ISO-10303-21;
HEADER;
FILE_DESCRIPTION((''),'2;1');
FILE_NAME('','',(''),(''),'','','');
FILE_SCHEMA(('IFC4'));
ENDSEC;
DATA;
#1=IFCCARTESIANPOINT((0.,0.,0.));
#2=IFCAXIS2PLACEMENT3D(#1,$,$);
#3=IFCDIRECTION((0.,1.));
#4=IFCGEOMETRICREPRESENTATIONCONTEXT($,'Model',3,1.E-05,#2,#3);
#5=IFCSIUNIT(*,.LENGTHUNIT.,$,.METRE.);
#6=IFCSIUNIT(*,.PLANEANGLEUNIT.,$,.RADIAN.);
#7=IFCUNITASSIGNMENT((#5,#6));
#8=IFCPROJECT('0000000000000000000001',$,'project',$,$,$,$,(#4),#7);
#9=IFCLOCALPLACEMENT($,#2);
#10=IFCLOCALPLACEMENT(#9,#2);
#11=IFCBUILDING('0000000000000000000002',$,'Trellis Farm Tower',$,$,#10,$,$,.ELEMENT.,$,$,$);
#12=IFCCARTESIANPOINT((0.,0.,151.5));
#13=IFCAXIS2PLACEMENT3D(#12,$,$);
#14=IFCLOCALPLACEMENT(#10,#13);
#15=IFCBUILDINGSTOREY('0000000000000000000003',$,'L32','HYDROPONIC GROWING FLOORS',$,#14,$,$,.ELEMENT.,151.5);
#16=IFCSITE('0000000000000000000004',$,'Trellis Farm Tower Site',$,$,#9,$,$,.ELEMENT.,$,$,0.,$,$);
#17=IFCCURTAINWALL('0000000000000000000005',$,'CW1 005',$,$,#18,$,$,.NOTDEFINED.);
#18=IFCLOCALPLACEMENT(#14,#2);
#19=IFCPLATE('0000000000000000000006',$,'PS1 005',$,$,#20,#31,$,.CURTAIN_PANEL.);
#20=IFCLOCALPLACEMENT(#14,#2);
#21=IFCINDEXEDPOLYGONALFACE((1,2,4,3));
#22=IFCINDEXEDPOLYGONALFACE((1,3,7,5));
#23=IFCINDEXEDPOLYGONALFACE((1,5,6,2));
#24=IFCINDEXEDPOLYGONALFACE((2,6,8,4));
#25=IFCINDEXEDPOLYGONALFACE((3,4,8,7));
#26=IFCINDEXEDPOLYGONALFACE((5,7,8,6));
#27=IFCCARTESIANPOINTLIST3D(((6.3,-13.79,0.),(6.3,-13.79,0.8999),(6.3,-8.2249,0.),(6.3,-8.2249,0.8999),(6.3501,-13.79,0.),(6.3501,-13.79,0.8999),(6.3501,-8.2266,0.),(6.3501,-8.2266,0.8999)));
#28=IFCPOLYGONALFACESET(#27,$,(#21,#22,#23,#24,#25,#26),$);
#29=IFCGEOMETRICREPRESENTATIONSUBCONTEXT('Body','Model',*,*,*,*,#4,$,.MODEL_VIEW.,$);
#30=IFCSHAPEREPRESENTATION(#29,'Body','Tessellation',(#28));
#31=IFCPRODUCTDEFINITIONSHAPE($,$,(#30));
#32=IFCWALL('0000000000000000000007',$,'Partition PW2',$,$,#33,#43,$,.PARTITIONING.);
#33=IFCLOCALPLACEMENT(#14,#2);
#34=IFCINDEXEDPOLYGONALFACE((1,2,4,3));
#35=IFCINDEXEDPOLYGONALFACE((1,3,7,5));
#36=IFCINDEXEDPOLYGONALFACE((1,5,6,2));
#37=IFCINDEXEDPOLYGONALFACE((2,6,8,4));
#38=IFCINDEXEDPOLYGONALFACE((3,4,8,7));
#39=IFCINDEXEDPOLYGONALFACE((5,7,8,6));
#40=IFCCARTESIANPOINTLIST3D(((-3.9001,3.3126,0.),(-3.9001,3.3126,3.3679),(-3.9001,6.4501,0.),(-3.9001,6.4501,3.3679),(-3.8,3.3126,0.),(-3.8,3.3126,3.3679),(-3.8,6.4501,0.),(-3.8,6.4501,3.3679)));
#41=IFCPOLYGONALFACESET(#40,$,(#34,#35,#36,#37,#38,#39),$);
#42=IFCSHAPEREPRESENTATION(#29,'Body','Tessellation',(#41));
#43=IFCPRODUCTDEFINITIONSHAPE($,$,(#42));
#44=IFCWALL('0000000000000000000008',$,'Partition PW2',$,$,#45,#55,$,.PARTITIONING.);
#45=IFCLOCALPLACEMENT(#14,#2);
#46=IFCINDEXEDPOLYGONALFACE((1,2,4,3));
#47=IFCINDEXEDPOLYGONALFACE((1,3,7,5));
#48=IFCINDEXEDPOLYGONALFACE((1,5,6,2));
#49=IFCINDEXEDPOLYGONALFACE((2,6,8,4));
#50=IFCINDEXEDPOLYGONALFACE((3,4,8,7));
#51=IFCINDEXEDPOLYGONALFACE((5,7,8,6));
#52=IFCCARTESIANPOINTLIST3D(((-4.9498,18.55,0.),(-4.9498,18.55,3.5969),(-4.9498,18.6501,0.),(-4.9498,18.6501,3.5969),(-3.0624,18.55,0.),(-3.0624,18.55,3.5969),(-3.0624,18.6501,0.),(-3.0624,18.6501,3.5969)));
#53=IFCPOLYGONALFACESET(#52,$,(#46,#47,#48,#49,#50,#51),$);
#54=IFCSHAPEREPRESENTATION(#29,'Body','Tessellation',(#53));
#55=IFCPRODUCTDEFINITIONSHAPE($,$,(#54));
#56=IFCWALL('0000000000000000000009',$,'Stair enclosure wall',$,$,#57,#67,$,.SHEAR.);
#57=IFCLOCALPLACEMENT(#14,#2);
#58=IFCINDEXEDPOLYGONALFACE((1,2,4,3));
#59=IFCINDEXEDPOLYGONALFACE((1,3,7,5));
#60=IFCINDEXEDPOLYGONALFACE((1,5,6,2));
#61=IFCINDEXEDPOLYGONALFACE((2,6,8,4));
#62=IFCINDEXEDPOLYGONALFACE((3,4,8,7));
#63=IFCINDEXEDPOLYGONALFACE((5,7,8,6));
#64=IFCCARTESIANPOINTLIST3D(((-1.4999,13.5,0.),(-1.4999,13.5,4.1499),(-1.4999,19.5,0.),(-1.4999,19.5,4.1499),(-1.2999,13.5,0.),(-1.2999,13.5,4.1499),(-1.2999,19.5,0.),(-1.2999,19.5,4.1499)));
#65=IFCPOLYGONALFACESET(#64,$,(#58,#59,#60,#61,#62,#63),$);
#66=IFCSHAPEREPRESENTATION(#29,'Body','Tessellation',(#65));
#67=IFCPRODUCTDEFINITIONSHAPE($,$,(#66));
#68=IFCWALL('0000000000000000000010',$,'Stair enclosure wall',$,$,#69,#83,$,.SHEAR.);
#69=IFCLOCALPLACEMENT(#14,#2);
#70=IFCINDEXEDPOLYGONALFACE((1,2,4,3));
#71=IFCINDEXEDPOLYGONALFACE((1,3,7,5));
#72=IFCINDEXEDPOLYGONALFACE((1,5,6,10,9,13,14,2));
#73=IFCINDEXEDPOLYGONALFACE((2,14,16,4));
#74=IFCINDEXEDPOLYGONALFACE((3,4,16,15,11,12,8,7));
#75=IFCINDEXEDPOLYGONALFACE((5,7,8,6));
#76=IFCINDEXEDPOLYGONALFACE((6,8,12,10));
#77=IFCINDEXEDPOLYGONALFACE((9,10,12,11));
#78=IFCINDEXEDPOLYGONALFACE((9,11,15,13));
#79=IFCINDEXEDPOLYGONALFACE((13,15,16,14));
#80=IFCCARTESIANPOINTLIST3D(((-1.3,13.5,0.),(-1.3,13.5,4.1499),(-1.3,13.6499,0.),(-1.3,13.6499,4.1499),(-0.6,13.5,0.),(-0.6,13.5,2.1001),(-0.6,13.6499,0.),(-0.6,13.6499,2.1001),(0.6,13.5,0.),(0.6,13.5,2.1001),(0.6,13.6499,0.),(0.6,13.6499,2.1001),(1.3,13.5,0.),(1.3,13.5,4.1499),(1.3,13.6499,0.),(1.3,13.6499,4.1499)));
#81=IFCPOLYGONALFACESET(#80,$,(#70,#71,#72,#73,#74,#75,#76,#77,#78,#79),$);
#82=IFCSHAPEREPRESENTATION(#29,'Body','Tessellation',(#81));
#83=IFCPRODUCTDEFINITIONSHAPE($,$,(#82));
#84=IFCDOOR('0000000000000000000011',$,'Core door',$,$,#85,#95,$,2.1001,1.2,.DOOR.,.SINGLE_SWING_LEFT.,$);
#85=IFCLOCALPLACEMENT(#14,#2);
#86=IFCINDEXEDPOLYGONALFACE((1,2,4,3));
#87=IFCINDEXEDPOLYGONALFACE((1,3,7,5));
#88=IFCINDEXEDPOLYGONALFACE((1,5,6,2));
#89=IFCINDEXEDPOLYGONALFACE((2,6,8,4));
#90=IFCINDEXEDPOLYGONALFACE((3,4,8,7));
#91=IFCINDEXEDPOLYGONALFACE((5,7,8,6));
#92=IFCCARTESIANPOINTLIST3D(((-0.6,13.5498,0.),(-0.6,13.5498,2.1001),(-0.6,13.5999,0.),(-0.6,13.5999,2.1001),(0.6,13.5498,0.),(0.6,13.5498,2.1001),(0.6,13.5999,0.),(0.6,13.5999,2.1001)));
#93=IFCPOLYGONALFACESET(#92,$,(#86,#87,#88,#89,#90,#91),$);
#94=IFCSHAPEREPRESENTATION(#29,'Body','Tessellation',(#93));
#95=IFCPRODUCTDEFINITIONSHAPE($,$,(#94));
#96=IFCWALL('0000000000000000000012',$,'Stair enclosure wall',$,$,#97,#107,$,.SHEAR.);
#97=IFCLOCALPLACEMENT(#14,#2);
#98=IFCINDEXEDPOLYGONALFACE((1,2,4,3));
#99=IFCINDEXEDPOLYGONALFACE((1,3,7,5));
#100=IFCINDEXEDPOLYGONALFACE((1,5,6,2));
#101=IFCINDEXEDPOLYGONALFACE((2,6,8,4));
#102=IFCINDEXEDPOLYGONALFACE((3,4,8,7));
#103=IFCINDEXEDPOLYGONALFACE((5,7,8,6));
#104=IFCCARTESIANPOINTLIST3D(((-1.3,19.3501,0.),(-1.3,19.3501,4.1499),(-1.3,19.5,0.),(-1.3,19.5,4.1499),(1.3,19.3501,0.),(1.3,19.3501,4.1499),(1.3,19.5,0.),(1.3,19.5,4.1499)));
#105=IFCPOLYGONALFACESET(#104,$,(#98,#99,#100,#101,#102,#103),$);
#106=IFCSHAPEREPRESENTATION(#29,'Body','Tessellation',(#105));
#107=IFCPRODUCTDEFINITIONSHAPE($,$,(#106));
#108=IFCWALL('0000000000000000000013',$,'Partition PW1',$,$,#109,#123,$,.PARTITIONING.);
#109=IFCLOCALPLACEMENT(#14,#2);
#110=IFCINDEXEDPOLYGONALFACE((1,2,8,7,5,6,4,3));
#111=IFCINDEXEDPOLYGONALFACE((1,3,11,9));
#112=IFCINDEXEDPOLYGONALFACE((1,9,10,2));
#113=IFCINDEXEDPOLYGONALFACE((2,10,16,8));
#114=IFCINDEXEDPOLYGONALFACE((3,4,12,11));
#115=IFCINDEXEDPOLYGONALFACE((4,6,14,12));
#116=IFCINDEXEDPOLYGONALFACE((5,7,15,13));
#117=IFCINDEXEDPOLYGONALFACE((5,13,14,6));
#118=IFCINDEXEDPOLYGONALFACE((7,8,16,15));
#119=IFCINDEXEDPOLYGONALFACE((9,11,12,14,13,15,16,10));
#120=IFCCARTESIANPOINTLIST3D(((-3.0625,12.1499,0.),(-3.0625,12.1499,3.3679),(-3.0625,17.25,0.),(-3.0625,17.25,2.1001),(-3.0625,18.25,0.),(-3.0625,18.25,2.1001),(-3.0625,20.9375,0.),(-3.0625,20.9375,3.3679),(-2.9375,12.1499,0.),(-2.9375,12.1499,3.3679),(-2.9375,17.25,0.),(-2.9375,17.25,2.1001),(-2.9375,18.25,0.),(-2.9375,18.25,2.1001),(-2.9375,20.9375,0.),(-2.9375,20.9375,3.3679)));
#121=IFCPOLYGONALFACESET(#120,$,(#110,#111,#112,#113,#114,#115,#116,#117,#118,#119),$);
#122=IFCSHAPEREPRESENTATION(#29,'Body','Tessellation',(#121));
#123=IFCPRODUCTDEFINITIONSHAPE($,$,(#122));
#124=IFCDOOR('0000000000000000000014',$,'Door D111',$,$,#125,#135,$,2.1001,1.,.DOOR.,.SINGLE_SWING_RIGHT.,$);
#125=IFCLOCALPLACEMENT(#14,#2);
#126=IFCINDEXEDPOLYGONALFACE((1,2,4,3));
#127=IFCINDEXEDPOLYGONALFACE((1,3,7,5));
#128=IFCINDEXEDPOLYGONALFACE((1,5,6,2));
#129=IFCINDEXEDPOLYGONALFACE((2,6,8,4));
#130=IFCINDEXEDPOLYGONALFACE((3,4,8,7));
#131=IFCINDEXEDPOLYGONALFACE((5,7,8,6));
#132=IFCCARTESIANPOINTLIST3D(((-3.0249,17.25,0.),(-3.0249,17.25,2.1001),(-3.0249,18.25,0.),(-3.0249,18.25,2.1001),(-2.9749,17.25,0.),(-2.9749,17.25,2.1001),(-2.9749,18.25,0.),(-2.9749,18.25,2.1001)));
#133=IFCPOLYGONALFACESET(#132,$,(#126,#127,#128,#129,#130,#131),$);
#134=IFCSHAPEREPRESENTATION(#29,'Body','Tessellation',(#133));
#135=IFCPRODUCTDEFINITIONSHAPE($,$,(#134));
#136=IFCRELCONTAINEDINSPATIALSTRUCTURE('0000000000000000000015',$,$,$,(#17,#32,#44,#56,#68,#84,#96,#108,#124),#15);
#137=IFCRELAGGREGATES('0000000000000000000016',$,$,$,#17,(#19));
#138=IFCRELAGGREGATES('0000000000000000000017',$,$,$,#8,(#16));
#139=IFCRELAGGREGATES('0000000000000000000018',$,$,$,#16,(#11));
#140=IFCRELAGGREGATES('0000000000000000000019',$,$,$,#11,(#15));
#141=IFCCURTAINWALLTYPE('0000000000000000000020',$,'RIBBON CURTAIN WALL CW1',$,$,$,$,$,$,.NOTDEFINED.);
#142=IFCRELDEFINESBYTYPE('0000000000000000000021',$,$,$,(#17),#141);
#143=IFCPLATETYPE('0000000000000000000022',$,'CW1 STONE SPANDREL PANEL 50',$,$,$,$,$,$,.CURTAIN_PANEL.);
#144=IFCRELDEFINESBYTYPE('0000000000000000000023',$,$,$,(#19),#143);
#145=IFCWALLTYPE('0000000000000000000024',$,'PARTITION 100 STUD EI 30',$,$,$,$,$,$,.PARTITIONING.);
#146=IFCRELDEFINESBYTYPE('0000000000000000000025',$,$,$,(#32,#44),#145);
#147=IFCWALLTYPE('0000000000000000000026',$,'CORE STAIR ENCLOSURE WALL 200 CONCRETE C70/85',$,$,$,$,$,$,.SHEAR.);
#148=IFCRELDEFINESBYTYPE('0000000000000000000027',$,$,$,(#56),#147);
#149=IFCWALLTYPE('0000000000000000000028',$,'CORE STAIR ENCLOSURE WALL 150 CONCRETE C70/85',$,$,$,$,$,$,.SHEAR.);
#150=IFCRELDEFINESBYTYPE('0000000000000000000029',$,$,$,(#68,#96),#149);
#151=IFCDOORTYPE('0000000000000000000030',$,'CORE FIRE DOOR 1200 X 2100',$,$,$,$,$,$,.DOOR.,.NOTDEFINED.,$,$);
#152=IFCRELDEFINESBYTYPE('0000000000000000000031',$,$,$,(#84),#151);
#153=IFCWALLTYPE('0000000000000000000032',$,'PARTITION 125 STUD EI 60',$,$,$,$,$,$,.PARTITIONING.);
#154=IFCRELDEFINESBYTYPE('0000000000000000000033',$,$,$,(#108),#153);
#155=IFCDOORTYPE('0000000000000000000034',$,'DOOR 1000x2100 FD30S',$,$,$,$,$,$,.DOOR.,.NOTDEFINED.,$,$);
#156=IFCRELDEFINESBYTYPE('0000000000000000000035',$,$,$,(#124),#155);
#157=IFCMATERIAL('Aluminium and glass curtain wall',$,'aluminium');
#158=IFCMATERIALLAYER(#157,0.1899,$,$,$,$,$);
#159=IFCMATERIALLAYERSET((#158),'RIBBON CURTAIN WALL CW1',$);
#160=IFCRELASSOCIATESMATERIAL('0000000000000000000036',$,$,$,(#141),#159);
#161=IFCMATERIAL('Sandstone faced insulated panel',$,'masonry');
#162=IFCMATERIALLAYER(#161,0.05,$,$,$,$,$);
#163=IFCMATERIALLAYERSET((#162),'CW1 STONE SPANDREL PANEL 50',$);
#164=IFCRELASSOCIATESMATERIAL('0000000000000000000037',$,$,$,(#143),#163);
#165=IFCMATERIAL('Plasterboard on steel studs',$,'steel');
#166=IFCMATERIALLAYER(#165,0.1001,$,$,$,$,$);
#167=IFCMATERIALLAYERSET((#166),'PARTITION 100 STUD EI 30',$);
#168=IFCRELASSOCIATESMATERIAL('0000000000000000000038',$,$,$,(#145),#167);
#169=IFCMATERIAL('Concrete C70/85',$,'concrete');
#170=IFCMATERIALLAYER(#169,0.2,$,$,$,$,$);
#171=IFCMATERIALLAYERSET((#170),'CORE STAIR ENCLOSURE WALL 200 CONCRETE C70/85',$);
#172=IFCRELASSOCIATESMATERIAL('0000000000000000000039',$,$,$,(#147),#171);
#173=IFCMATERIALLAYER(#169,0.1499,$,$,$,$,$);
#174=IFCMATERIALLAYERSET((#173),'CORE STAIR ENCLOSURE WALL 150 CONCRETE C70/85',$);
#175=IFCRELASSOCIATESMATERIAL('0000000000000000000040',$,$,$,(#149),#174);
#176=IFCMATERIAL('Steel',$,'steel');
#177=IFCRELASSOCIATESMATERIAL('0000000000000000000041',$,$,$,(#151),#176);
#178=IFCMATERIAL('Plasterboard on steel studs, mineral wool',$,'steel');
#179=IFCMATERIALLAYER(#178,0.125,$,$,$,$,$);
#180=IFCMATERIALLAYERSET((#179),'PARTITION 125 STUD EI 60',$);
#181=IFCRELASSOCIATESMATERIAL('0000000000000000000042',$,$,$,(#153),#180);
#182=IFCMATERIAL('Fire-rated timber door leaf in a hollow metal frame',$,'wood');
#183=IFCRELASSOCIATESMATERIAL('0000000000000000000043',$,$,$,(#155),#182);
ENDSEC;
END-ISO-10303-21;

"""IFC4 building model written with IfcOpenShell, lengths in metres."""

from ifc_helpers import new_model, si_unit, direction, frame, frame_2d, origin, place, context, subcontext, project, spatial, polyline, rectangle, outline, extrude, source, transform, mapped, material, layer, layer_set, type_object, element, fill, aggregate, save


model = new_model("IFC4")

# Units and contexts
model_context = context("Model", 3, precision=1e-05, world=origin(), true_north=direction((0.0, 1.0)))
body_context = subcontext(model_context, "Body", "Model", "MODEL_VIEW")
ifc_project = project(units=[si_unit("LENGTHUNIT", "METRE"), si_unit("PLANEANGLEUNIT", "RADIAN")], contexts=[model_context])

# Site, building, storey
site_placement = place(None, origin())
site = spatial("IfcSite", under=ifc_project, at=site_placement, Name="Trellis Farm Tower Site", CompositionType="ELEMENT", RefElevation=0.0)
building_placement = place(site_placement, origin())
building = spatial("IfcBuilding", under=site, at=building_placement, Name="Trellis Farm Tower", CompositionType="ELEMENT")
storey_placement = place(building_placement, frame((0.0, 0.0, 151.5)))
storey = spatial("IfcBuildingStorey", under=building, at=storey_placement, Name="L32", Description="HYDROPONIC GROWING FLOORS", CompositionType="ELEMENT", Elevation=151.5)

# Curtain wall, plate
ifc_material_1 = material(Name="Aluminium and glass curtain wall", Category="aluminium")
ifc_layer_1 = layer(ifc_material_1, 0.1899)
ifc_layer_set_1 = layer_set([ifc_layer_1], Name="RIBBON CURTAIN WALL CW1")
curtain_wall_type = type_object("IfcCurtainWallType", Name="RIBBON CURTAIN WALL CW1", PredefinedType="NOTDEFINED", material=ifc_layer_set_1)
placement = place(storey_placement, origin())
curtain_wall = element("IfcCurtainWall", 1, at=placement, inside=storey, type_object=curtain_wall_type, Name="CW1 005", PredefinedType="NOTDEFINED")
ifc_material_2 = material(Name="Sandstone faced insulated panel", Category="masonry")
ifc_layer_2 = layer(ifc_material_2, 0.05)
ifc_layer_set_2 = layer_set([ifc_layer_2], Name="CW1 STONE SPANDREL PANEL 50")
plate_type_1 = type_object("IfcPlateType", Name="CW1 STONE SPANDREL PANEL 50", PredefinedType="CURTAIN_PANEL", material=ifc_layer_set_2)
shared_shape_1 = source(origin(), body_context, "Body", "SweptSolid", [
    extrude(outline(polyline([(6.3501, -13.79), (6.3501, -8.2266), (6.3, -8.2249), (6.3, -13.79), (6.3501, -13.79)])), origin(), (0.0, 0.0, 1.0), 0.8999),
])
plate_1 = element("IfcPlate", 2, at=placement, type_object=plate_type_1, Name="PS1 005", PredefinedType="CURTAIN_PANEL", context=body_context, shape_type="MappedRepresentation", body=[
    mapped(shared_shape_1, transform((0.0, 0.0, 0.0))),
])
aggregate(curtain_wall, [plate_1])

# Walls
ifc_material_3 = material(Name="Plasterboard on steel studs", Category="steel")
ifc_layer_3 = layer(ifc_material_3, 0.1001)
ifc_layer_set_3 = layer_set([ifc_layer_3], Name="PARTITION 100 STUD EI 30")
wall_type_1 = type_object("IfcWallType", Name="PARTITION 100 STUD EI 30", PredefinedType="PARTITIONING", material=ifc_layer_set_3)
wall_1_placement = place(storey_placement, frame((-3.8501, 3.3125, 0.0), z_axis=(0.0, 0.0, 1.0), x_axis=(0.0, 1.0, 0.0)))
element("IfcWall", 3, at=wall_1_placement, inside=storey, type_object=wall_type_1, Name="Partition PW2", PredefinedType="PARTITIONING", context=body_context, shape_type="SweptSolid", body=[
    extrude(rectangle(XDim=3.1375, YDim=0.1001, at=frame_2d((1.5688, 0.0))), origin(), (0.0, 0.0, 1.0), 3.3679),
])
wall_2_placement = place(storey_placement, frame((-4.95, 18.6001, 0.0), z_axis=(0.0, 0.0, 1.0), x_axis=(1.0, 0.0, 0.0)))
element("IfcWall", 4, at=wall_2_placement, inside=storey, type_object=wall_type_1, Name="Partition PW2", PredefinedType="PARTITIONING", context=body_context, shape_type="SweptSolid", body=[
    extrude(rectangle(XDim=1.8875, YDim=0.1001, at=frame_2d((0.9438, 0.0))), origin(), (0.0, 0.0, 1.0), 3.5969),
])
ifc_material_4 = material(Name="Concrete C70/85", Category="concrete")
ifc_layer_4 = layer(ifc_material_4, 0.2)
ifc_layer_set_4 = layer_set([ifc_layer_4], Name="CORE STAIR ENCLOSURE WALL 200 CONCRETE C70/85")
wall_type_2 = type_object("IfcWallType", Name="CORE STAIR ENCLOSURE WALL 200 CONCRETE C70/85", PredefinedType="SHEAR", material=ifc_layer_set_4)
shared_shape_2 = source(origin(), body_context, "Body", "SweptSolid", [
    extrude(rectangle(XDim=6.0, YDim=0.2, at=frame_2d((3.0, 0.0))), origin(), (0.0, 0.0, 1.0), 4.1499),
])
wall_3_placement = place(storey_placement, frame((-1.3999, 13.5, 0.0), z_axis=(0.0, 0.0, 1.0), x_axis=(0.0, 1.0, 0.0)))
element("IfcWall", 5, at=wall_3_placement, inside=storey, type_object=wall_type_2, Name="Stair enclosure wall", PredefinedType="SHEAR", context=body_context, shape_type="MappedRepresentation", body=[
    mapped(shared_shape_2, transform((0.0, 0.0, 0.0))),
])

# Wall, opening, door
ifc_layer_5 = layer(ifc_material_4, 0.1499)
ifc_layer_set_5 = layer_set([ifc_layer_5], Name="CORE STAIR ENCLOSURE WALL 150 CONCRETE C70/85")
wall_type_3 = type_object("IfcWallType", Name="CORE STAIR ENCLOSURE WALL 150 CONCRETE C70/85", PredefinedType="SHEAR", material=ifc_layer_set_5)
shared_shape_3 = source(origin(), body_context, "Body", "SweptSolid", [
    extrude(rectangle(XDim=2.6001, YDim=0.1499, at=frame_2d((1.3, 0.0))), origin(), (0.0, 0.0, 1.0), 4.1499),
])
wall_4_placement = place(storey_placement, frame((-1.3, 13.575, 0.0), z_axis=(0.0, 0.0, 1.0), x_axis=(1.0, 0.0, 0.0)))
wall_4 = element("IfcWall", 6, at=wall_4_placement, inside=storey, type_object=wall_type_3, Name="Stair enclosure wall", PredefinedType="SHEAR", context=body_context, shape_type="MappedRepresentation", body=[
    mapped(shared_shape_3, transform((0.0, 0.0, 0.0))),
])
shared_shape_4 = source(origin(), body_context, "Body", "SweptSolid", [
    extrude(rectangle(XDim=1.2, YDim=2.1001, at=frame_2d((0.6001, 1.05))), frame((0.0, 0.085, 0.0), z_axis=(0.0, -1.0, 0.0), x_axis=(1.0, 0.0, 0.0)), (0.0, 0.0, 1.0), 0.1699),
])
opening_1_placement = place(wall_4_placement, frame((0.7, 0.0, 0.0)))
opening_1 = element("IfcOpeningElement", 7, at=opening_1_placement, cuts=wall_4, PredefinedType="OPENING", context=body_context, shape_type="MappedRepresentation", body=[
    mapped(shared_shape_4, transform((0.0, 0.0, 0.0))),
])
ifc_material_5 = material(Name="Steel", Category="steel")
door_type_1 = type_object("IfcDoorType", Name="CORE FIRE DOOR 1200 X 2100", OperationType="NOTDEFINED", PredefinedType="DOOR", material=ifc_material_5)
shared_shape_5 = source(origin(), body_context, "Body", "SweptSolid", [
    extrude(rectangle(XDim=1.2, YDim=2.1001, at=frame_2d((0.6001, 1.05))), frame((0.0, 0.0249, 0.0), z_axis=(0.0, -1.0, 0.0), x_axis=(1.0, 0.0, 0.0)), (0.0, 0.0, 1.0), 0.05),
])
door_1_placement = place(opening_1_placement, origin())
door_1 = element("IfcDoor", 8, at=door_1_placement, inside=storey, type_object=door_type_1, Name="Core door", OperationType="SINGLE_SWING_LEFT", OverallHeight=2.1001, OverallWidth=1.2, PredefinedType="DOOR", context=body_context, shape_type="MappedRepresentation", body=[
    mapped(shared_shape_5, transform((0.0, 0.0, 0.0))),
])
fill(opening_1, door_1)

# Wall
wall_5_placement = place(storey_placement, frame((-1.3, 19.425, 0.0), z_axis=(0.0, 0.0, 1.0), x_axis=(1.0, 0.0, 0.0)))
element("IfcWall", 9, at=wall_5_placement, inside=storey, type_object=wall_type_3, Name="Stair enclosure wall", PredefinedType="SHEAR", context=body_context, shape_type="MappedRepresentation", body=[
    mapped(shared_shape_3, transform((0.0, 0.0, 0.0))),
])

# Wall, opening, door
ifc_material_6 = material(Name="Plasterboard on steel studs, mineral wool", Category="steel")
ifc_layer_6 = layer(ifc_material_6, 0.125)
ifc_layer_set_6 = layer_set([ifc_layer_6], Name="PARTITION 125 STUD EI 60")
wall_type_4 = type_object("IfcWallType", Name="PARTITION 125 STUD EI 60", PredefinedType="PARTITIONING", material=ifc_layer_set_6)
shared_shape_6 = source(origin(), body_context, "Body", "SweptSolid", [
    extrude(rectangle(XDim=8.7876, YDim=0.125, at=frame_2d((4.3938, 0.0))), origin(), (0.0, 0.0, 1.0), 3.3679),
])
wall_6_placement = place(storey_placement, frame((-3.0, 12.1499, 0.0), z_axis=(0.0, 0.0, 1.0), x_axis=(0.0, 1.0, 0.0)))
wall_6 = element("IfcWall", 10, at=wall_6_placement, inside=storey, type_object=wall_type_4, Name="Partition PW1", PredefinedType="PARTITIONING", context=body_context, shape_type="MappedRepresentation", body=[
    mapped(shared_shape_6, transform((0.0, 0.0, 0.0))),
])
shared_shape_7 = source(origin(), body_context, "Body", "SweptSolid", [
    extrude(rectangle(XDim=1.0, YDim=2.1001, at=frame_2d((0.5, 1.05))), frame((0.0, 0.0725, 0.0), z_axis=(0.0, -1.0, 0.0), x_axis=(1.0, 0.0, 0.0)), (0.0, 0.0, 1.0), 0.145),
])
opening_2_placement = place(wall_6_placement, frame((5.1001, 0.0, 0.0)))
opening_2 = element("IfcOpeningElement", 11, at=opening_2_placement, cuts=wall_6, PredefinedType="OPENING", context=body_context, shape_type="MappedRepresentation", body=[
    mapped(shared_shape_7, transform((0.0, 0.0, 0.0))),
])
ifc_material_7 = material(Name="Fire-rated timber door leaf in a hollow metal frame", Category="wood")
door_type_2 = type_object("IfcDoorType", Name="DOOR 1000x2100 FD30S", OperationType="NOTDEFINED", PredefinedType="DOOR", material=ifc_material_7)
shared_shape_8 = source(origin(), body_context, "Body", "SweptSolid", [
    extrude(rectangle(XDim=1.0, YDim=2.1001, at=frame_2d((0.5, 1.05))), frame((0.0, 0.0249, 0.0), z_axis=(0.0, -1.0, 0.0), x_axis=(1.0, 0.0, 0.0)), (0.0, 0.0, 1.0), 0.05),
])
door_2_placement = place(opening_2_placement, origin())
door_2 = element("IfcDoor", 12, at=door_2_placement, inside=storey, type_object=door_type_2, Name="Door D111", OperationType="SINGLE_SWING_RIGHT", OverallHeight=2.1001, OverallWidth=1.0, PredefinedType="DOOR", context=body_context, shape_type="MappedRepresentation", body=[
    mapped(shared_shape_8, transform((0.0, 0.0, 0.0))),
])
fill(opening_2, door_2)

save(model, "model.ifc")
